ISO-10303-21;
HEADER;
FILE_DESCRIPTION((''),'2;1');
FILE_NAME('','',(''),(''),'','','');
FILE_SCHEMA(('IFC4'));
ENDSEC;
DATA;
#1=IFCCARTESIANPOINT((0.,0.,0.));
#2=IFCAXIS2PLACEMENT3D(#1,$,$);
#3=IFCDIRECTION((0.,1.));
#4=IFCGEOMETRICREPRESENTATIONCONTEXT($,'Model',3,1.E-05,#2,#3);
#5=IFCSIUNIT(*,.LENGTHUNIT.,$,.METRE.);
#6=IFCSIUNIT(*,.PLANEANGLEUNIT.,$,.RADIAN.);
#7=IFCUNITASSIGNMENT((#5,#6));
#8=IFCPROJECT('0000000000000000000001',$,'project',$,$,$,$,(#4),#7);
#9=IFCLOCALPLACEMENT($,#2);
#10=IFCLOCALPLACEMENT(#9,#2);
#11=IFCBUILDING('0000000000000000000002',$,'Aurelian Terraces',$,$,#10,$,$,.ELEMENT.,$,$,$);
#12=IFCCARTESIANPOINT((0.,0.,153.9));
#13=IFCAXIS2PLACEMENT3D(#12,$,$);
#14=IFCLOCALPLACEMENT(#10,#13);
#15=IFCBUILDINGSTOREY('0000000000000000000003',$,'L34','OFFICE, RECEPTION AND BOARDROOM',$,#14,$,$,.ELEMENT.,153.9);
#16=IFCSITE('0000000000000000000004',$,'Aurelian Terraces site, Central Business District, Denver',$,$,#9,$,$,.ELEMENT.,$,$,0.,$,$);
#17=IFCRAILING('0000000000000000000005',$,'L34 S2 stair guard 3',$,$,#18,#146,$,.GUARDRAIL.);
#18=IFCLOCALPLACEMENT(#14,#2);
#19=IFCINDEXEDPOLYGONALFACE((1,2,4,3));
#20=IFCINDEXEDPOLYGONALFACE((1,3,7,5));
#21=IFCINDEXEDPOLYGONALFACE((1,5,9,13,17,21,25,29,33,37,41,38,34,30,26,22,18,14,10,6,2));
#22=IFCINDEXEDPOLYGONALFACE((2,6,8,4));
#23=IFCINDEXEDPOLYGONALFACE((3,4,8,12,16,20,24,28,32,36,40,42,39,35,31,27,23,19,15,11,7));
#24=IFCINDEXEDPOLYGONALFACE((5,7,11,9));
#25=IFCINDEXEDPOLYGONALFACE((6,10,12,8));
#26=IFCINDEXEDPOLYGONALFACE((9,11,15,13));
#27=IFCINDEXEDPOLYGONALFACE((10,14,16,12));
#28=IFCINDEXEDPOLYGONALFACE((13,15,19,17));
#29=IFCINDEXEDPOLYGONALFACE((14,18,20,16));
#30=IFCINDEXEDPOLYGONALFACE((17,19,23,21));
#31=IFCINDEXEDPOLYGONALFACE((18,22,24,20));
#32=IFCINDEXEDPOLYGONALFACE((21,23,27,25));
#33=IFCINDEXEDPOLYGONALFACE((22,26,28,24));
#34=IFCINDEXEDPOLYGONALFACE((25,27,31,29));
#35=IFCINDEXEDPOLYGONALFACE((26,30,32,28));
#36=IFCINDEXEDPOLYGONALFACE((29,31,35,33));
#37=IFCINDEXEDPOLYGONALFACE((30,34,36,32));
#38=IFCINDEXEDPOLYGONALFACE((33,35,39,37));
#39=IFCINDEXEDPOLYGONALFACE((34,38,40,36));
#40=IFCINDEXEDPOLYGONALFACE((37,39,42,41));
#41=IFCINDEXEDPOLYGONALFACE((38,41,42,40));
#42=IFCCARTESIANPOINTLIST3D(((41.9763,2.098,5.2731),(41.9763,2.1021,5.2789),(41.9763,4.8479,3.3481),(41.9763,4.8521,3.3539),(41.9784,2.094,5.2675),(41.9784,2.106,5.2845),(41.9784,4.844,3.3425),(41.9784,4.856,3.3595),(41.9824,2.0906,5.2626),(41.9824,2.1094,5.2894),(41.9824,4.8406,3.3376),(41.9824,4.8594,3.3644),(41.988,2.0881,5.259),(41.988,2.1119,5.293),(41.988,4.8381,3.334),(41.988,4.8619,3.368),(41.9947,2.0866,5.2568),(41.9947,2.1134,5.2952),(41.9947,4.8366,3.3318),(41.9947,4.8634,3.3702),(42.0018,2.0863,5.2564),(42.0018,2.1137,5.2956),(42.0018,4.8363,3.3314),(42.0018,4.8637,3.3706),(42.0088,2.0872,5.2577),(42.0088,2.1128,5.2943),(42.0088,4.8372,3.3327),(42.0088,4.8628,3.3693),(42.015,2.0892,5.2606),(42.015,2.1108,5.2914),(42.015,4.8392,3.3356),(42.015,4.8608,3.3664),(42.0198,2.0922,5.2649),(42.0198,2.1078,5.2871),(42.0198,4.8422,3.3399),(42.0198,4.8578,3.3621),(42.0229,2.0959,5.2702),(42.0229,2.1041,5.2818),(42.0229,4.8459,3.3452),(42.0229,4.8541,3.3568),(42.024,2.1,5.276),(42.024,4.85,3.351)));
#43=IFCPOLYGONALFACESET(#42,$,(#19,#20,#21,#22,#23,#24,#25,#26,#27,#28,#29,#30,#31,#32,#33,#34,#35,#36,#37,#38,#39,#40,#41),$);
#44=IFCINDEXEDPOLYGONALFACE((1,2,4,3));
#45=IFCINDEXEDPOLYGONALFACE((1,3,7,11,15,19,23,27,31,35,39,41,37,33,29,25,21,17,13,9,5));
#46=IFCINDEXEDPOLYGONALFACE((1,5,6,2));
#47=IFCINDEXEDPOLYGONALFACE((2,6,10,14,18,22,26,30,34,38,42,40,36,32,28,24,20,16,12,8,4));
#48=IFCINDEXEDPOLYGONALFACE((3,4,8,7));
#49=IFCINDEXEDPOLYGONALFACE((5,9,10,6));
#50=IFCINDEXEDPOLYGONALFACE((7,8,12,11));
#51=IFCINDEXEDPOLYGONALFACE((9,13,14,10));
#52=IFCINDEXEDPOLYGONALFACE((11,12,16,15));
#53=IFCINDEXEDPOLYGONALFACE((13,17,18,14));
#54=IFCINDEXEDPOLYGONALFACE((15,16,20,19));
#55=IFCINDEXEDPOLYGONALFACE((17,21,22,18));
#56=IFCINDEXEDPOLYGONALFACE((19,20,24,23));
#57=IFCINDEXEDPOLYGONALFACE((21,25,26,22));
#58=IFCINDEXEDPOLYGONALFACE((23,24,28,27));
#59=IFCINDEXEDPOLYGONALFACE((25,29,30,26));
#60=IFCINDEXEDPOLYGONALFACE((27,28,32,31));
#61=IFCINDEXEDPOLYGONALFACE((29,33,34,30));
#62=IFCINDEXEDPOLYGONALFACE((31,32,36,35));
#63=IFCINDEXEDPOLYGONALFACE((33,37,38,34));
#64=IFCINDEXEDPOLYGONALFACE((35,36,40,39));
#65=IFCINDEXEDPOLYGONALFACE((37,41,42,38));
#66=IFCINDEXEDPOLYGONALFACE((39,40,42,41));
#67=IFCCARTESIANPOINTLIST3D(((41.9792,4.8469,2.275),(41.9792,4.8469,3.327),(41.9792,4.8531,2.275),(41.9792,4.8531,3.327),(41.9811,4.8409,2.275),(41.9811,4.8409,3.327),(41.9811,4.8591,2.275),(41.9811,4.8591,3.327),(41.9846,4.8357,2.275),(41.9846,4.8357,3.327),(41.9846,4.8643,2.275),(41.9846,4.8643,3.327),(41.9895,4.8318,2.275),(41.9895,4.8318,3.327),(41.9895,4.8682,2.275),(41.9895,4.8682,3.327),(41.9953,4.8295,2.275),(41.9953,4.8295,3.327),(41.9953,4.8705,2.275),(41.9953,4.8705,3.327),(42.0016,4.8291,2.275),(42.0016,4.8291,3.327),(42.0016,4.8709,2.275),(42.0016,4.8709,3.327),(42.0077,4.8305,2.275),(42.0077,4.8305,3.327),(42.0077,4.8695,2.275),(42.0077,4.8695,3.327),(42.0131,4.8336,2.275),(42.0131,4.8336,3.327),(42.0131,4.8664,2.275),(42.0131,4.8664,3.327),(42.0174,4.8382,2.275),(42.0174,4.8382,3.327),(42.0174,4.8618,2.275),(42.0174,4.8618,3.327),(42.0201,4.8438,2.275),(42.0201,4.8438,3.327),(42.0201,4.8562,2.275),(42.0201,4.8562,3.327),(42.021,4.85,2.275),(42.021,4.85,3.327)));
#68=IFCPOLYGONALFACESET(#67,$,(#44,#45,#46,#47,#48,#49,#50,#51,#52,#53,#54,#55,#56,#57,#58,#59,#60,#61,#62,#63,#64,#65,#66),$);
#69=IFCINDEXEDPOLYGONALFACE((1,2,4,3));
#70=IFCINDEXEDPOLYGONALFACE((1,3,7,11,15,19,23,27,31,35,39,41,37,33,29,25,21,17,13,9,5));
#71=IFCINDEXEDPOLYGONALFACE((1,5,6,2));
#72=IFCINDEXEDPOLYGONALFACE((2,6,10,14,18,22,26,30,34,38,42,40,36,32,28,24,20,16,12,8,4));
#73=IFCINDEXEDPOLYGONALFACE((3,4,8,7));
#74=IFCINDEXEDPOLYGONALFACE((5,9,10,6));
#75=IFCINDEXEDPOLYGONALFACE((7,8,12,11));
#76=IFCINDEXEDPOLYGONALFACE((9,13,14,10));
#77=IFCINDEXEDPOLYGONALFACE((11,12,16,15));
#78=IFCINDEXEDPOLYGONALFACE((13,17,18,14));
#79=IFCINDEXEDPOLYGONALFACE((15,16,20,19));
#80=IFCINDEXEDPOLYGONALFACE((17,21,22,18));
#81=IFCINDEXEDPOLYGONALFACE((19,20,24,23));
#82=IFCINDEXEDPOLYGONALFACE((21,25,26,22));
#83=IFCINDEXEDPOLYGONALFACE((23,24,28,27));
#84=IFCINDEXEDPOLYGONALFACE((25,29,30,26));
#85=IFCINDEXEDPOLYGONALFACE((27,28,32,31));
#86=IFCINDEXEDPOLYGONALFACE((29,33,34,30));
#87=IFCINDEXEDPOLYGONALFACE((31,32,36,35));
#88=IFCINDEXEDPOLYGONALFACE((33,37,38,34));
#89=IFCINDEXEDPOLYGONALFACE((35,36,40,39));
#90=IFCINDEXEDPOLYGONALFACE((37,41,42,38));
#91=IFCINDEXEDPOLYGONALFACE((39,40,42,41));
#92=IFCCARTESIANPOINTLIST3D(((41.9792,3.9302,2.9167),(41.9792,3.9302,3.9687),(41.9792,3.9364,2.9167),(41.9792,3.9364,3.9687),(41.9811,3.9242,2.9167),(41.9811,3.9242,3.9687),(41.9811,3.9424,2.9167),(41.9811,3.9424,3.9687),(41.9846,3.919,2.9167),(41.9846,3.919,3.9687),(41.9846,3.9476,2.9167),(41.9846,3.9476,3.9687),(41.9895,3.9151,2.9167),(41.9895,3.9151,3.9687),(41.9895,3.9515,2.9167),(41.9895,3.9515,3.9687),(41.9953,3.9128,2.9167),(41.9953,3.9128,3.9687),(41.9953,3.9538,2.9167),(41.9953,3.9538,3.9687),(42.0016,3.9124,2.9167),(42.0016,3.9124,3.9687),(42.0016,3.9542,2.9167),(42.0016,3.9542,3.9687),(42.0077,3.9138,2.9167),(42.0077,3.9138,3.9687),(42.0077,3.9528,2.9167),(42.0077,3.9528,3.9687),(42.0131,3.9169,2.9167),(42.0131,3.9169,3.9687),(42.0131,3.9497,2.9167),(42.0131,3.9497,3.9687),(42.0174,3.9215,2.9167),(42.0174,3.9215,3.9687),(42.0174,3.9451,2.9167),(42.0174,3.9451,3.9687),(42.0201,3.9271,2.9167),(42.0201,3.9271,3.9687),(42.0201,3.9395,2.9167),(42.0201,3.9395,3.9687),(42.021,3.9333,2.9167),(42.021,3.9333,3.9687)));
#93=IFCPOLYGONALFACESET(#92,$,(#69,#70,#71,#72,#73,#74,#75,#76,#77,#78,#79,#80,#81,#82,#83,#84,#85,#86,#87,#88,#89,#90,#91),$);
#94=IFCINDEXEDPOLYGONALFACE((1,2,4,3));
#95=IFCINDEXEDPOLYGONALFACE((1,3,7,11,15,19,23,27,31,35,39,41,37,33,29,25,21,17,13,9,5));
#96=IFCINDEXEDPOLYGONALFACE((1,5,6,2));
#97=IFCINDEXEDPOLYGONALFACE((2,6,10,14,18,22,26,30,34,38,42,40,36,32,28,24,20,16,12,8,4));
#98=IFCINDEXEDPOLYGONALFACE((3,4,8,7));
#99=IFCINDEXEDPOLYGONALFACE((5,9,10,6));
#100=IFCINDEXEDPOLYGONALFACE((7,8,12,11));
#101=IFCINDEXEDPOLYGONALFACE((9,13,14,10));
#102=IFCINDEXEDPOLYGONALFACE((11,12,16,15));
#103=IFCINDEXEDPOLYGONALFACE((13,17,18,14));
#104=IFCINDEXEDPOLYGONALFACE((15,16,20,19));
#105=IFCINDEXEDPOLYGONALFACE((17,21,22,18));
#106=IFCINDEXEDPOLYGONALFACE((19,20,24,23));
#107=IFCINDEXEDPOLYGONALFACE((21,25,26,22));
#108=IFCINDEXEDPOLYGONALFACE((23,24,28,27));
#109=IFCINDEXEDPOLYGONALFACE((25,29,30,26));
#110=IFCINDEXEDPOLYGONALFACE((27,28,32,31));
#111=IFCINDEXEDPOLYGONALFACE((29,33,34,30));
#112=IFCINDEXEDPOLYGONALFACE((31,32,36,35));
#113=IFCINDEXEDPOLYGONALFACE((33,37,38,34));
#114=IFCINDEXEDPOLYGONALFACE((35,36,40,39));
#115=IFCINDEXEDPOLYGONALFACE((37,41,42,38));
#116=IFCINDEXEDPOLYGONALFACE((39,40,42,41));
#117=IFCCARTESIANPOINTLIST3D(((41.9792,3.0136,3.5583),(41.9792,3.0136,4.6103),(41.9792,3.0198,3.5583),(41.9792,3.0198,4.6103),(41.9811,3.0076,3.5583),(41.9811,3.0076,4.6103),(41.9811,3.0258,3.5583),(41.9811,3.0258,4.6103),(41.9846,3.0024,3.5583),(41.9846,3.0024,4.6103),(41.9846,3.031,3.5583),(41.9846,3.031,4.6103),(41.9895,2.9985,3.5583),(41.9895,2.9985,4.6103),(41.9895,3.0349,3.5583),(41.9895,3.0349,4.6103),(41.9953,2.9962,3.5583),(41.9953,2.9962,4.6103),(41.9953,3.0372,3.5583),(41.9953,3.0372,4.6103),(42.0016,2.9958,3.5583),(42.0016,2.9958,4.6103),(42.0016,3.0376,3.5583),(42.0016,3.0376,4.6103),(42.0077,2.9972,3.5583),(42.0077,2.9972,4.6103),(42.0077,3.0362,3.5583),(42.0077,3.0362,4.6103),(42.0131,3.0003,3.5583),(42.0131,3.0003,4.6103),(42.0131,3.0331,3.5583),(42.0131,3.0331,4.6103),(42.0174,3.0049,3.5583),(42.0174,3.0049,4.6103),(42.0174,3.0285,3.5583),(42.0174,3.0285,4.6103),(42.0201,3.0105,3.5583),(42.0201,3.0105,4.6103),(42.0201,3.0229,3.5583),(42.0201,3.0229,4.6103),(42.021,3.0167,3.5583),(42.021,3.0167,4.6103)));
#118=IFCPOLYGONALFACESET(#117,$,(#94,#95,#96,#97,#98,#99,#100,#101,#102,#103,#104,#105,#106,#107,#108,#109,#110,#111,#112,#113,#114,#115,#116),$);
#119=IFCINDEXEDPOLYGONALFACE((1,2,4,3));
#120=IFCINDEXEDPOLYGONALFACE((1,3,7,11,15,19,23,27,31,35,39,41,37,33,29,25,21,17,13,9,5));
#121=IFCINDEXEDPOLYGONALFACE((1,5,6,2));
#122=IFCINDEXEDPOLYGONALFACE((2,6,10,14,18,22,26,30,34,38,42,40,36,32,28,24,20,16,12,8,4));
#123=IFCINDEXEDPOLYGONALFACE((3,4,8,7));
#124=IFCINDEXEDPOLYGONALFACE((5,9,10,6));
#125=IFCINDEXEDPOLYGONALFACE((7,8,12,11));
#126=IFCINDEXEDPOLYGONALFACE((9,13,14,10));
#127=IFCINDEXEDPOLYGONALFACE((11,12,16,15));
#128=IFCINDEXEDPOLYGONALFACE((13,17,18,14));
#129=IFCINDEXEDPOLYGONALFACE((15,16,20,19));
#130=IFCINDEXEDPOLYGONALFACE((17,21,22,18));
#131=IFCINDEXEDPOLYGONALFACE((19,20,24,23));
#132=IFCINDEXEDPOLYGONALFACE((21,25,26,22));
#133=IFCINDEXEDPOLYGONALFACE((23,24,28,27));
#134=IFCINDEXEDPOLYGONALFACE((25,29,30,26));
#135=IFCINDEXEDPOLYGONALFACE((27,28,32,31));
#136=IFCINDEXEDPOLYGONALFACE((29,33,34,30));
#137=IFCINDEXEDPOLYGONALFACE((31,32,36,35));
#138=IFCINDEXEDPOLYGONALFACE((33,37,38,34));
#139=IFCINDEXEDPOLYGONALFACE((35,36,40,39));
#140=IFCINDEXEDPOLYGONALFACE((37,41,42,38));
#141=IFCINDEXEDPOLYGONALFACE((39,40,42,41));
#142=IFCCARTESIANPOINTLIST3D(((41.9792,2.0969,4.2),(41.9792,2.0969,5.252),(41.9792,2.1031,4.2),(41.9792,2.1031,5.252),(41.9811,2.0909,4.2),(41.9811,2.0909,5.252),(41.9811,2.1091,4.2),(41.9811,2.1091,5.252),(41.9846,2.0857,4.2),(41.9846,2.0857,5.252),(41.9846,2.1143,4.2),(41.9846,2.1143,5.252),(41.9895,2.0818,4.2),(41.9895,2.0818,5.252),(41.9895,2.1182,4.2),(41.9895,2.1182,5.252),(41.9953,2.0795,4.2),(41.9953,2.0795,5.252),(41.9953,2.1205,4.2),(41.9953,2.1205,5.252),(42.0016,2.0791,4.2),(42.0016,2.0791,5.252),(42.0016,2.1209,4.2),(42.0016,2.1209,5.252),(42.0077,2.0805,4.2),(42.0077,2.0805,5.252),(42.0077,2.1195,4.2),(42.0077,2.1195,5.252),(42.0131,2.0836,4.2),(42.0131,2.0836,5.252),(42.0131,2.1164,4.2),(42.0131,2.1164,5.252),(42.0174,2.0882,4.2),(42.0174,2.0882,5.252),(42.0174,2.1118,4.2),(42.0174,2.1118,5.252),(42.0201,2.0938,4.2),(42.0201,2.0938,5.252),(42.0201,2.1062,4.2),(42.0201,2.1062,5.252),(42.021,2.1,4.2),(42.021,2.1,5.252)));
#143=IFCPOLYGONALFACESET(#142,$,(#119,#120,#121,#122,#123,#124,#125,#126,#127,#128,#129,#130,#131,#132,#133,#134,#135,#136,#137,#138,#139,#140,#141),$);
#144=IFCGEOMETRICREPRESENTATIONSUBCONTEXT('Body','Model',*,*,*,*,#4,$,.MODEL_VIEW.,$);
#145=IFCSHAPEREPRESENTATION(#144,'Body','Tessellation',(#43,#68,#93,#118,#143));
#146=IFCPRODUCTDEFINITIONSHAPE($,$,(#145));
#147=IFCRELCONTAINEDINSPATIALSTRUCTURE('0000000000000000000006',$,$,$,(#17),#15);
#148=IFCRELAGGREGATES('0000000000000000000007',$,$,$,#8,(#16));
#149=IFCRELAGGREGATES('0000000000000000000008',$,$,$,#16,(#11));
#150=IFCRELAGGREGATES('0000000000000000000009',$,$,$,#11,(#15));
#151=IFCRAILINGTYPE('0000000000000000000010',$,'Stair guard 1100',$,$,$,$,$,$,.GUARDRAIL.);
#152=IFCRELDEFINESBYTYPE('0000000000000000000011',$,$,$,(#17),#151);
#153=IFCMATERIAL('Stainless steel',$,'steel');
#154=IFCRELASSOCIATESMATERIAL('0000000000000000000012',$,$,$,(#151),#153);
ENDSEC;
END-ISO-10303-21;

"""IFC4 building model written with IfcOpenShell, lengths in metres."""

from ifc_helpers import new_model, si_unit, direction, frame, origin, origin_2d, place, context, subcontext, project, spatial, circle, extrude, source, transform, mapped, material, type_object, element, save


model = new_model("IFC4")

# Units and contexts
model_context = context("Model", 3, precision=1e-05, world=origin(), true_north=direction((0.0, 1.0)))
body_context = subcontext(model_context, "Body", "Model", "MODEL_VIEW")
ifc_project = project(units=[si_unit("LENGTHUNIT", "METRE"), si_unit("PLANEANGLEUNIT", "RADIAN")], contexts=[model_context])

# Site, building, storey
site_placement = place(None, origin())
site = spatial("IfcSite", under=ifc_project, at=site_placement, Name="Aurelian Terraces site, Central Business District, Denver", CompositionType="ELEMENT", RefElevation=0.0)
building_placement = place(site_placement, origin())
building = spatial("IfcBuilding", under=site, at=building_placement, Name="Aurelian Terraces", CompositionType="ELEMENT")
storey_placement = place(building_placement, frame((0.0, 0.0, 153.9)))
storey = spatial("IfcBuildingStorey", under=building, at=storey_placement, Name="L34", Description="OFFICE, RECEPTION AND BOARDROOM", CompositionType="ELEMENT", Elevation=153.9)

# Railing
ifc_material_1 = material(Name="Stainless steel", Category="steel")
railing_type_1 = type_object("IfcRailingType", Name="Stair guard 1100", PredefinedType="GUARDRAIL", material=ifc_material_1)
shared_shape_1 = source(origin(), body_context, "Body", "SweptSolid", [
    extrude(circle(Radius=0.024, at=origin_2d()), frame((0.0, 0.0, 1.076), z_axis=(0.0, -0.819232, 0.573462), x_axis=(1.0, 0.0, 0.0)), (0.0, 0.0, 1.0), 3.3568),
    extrude(circle(Radius=0.021, at=origin_2d()), origin(), (0.0, 0.0, 1.0), 1.052),
    extrude(circle(Radius=0.021, at=origin_2d()), frame((0.0, -0.9167, 0.6417)), (0.0, 0.0, 1.0), 1.052),
    extrude(circle(Radius=0.021, at=origin_2d()), frame((0.0, -1.8333, 1.2833)), (0.0, 0.0, 1.0), 1.052),
    extrude(circle(Radius=0.021, at=origin_2d()), frame((0.0, -2.75, 1.925)), (0.0, 0.0, 1.0), 1.052),
])
railing_1_placement = place(storey_placement, frame((42.0, 4.85, 2.275)))
element("IfcRailing", 1, at=railing_1_placement, inside=storey, type_object=railing_type_1, Name="L34 S2 stair guard 3", PredefinedType="GUARDRAIL", context=body_context, shape_type="MappedRepresentation", body=[
    mapped(shared_shape_1, transform((0.0, 0.0, 0.0), scale=1.0)),
])

save(model, "model.ifc")
